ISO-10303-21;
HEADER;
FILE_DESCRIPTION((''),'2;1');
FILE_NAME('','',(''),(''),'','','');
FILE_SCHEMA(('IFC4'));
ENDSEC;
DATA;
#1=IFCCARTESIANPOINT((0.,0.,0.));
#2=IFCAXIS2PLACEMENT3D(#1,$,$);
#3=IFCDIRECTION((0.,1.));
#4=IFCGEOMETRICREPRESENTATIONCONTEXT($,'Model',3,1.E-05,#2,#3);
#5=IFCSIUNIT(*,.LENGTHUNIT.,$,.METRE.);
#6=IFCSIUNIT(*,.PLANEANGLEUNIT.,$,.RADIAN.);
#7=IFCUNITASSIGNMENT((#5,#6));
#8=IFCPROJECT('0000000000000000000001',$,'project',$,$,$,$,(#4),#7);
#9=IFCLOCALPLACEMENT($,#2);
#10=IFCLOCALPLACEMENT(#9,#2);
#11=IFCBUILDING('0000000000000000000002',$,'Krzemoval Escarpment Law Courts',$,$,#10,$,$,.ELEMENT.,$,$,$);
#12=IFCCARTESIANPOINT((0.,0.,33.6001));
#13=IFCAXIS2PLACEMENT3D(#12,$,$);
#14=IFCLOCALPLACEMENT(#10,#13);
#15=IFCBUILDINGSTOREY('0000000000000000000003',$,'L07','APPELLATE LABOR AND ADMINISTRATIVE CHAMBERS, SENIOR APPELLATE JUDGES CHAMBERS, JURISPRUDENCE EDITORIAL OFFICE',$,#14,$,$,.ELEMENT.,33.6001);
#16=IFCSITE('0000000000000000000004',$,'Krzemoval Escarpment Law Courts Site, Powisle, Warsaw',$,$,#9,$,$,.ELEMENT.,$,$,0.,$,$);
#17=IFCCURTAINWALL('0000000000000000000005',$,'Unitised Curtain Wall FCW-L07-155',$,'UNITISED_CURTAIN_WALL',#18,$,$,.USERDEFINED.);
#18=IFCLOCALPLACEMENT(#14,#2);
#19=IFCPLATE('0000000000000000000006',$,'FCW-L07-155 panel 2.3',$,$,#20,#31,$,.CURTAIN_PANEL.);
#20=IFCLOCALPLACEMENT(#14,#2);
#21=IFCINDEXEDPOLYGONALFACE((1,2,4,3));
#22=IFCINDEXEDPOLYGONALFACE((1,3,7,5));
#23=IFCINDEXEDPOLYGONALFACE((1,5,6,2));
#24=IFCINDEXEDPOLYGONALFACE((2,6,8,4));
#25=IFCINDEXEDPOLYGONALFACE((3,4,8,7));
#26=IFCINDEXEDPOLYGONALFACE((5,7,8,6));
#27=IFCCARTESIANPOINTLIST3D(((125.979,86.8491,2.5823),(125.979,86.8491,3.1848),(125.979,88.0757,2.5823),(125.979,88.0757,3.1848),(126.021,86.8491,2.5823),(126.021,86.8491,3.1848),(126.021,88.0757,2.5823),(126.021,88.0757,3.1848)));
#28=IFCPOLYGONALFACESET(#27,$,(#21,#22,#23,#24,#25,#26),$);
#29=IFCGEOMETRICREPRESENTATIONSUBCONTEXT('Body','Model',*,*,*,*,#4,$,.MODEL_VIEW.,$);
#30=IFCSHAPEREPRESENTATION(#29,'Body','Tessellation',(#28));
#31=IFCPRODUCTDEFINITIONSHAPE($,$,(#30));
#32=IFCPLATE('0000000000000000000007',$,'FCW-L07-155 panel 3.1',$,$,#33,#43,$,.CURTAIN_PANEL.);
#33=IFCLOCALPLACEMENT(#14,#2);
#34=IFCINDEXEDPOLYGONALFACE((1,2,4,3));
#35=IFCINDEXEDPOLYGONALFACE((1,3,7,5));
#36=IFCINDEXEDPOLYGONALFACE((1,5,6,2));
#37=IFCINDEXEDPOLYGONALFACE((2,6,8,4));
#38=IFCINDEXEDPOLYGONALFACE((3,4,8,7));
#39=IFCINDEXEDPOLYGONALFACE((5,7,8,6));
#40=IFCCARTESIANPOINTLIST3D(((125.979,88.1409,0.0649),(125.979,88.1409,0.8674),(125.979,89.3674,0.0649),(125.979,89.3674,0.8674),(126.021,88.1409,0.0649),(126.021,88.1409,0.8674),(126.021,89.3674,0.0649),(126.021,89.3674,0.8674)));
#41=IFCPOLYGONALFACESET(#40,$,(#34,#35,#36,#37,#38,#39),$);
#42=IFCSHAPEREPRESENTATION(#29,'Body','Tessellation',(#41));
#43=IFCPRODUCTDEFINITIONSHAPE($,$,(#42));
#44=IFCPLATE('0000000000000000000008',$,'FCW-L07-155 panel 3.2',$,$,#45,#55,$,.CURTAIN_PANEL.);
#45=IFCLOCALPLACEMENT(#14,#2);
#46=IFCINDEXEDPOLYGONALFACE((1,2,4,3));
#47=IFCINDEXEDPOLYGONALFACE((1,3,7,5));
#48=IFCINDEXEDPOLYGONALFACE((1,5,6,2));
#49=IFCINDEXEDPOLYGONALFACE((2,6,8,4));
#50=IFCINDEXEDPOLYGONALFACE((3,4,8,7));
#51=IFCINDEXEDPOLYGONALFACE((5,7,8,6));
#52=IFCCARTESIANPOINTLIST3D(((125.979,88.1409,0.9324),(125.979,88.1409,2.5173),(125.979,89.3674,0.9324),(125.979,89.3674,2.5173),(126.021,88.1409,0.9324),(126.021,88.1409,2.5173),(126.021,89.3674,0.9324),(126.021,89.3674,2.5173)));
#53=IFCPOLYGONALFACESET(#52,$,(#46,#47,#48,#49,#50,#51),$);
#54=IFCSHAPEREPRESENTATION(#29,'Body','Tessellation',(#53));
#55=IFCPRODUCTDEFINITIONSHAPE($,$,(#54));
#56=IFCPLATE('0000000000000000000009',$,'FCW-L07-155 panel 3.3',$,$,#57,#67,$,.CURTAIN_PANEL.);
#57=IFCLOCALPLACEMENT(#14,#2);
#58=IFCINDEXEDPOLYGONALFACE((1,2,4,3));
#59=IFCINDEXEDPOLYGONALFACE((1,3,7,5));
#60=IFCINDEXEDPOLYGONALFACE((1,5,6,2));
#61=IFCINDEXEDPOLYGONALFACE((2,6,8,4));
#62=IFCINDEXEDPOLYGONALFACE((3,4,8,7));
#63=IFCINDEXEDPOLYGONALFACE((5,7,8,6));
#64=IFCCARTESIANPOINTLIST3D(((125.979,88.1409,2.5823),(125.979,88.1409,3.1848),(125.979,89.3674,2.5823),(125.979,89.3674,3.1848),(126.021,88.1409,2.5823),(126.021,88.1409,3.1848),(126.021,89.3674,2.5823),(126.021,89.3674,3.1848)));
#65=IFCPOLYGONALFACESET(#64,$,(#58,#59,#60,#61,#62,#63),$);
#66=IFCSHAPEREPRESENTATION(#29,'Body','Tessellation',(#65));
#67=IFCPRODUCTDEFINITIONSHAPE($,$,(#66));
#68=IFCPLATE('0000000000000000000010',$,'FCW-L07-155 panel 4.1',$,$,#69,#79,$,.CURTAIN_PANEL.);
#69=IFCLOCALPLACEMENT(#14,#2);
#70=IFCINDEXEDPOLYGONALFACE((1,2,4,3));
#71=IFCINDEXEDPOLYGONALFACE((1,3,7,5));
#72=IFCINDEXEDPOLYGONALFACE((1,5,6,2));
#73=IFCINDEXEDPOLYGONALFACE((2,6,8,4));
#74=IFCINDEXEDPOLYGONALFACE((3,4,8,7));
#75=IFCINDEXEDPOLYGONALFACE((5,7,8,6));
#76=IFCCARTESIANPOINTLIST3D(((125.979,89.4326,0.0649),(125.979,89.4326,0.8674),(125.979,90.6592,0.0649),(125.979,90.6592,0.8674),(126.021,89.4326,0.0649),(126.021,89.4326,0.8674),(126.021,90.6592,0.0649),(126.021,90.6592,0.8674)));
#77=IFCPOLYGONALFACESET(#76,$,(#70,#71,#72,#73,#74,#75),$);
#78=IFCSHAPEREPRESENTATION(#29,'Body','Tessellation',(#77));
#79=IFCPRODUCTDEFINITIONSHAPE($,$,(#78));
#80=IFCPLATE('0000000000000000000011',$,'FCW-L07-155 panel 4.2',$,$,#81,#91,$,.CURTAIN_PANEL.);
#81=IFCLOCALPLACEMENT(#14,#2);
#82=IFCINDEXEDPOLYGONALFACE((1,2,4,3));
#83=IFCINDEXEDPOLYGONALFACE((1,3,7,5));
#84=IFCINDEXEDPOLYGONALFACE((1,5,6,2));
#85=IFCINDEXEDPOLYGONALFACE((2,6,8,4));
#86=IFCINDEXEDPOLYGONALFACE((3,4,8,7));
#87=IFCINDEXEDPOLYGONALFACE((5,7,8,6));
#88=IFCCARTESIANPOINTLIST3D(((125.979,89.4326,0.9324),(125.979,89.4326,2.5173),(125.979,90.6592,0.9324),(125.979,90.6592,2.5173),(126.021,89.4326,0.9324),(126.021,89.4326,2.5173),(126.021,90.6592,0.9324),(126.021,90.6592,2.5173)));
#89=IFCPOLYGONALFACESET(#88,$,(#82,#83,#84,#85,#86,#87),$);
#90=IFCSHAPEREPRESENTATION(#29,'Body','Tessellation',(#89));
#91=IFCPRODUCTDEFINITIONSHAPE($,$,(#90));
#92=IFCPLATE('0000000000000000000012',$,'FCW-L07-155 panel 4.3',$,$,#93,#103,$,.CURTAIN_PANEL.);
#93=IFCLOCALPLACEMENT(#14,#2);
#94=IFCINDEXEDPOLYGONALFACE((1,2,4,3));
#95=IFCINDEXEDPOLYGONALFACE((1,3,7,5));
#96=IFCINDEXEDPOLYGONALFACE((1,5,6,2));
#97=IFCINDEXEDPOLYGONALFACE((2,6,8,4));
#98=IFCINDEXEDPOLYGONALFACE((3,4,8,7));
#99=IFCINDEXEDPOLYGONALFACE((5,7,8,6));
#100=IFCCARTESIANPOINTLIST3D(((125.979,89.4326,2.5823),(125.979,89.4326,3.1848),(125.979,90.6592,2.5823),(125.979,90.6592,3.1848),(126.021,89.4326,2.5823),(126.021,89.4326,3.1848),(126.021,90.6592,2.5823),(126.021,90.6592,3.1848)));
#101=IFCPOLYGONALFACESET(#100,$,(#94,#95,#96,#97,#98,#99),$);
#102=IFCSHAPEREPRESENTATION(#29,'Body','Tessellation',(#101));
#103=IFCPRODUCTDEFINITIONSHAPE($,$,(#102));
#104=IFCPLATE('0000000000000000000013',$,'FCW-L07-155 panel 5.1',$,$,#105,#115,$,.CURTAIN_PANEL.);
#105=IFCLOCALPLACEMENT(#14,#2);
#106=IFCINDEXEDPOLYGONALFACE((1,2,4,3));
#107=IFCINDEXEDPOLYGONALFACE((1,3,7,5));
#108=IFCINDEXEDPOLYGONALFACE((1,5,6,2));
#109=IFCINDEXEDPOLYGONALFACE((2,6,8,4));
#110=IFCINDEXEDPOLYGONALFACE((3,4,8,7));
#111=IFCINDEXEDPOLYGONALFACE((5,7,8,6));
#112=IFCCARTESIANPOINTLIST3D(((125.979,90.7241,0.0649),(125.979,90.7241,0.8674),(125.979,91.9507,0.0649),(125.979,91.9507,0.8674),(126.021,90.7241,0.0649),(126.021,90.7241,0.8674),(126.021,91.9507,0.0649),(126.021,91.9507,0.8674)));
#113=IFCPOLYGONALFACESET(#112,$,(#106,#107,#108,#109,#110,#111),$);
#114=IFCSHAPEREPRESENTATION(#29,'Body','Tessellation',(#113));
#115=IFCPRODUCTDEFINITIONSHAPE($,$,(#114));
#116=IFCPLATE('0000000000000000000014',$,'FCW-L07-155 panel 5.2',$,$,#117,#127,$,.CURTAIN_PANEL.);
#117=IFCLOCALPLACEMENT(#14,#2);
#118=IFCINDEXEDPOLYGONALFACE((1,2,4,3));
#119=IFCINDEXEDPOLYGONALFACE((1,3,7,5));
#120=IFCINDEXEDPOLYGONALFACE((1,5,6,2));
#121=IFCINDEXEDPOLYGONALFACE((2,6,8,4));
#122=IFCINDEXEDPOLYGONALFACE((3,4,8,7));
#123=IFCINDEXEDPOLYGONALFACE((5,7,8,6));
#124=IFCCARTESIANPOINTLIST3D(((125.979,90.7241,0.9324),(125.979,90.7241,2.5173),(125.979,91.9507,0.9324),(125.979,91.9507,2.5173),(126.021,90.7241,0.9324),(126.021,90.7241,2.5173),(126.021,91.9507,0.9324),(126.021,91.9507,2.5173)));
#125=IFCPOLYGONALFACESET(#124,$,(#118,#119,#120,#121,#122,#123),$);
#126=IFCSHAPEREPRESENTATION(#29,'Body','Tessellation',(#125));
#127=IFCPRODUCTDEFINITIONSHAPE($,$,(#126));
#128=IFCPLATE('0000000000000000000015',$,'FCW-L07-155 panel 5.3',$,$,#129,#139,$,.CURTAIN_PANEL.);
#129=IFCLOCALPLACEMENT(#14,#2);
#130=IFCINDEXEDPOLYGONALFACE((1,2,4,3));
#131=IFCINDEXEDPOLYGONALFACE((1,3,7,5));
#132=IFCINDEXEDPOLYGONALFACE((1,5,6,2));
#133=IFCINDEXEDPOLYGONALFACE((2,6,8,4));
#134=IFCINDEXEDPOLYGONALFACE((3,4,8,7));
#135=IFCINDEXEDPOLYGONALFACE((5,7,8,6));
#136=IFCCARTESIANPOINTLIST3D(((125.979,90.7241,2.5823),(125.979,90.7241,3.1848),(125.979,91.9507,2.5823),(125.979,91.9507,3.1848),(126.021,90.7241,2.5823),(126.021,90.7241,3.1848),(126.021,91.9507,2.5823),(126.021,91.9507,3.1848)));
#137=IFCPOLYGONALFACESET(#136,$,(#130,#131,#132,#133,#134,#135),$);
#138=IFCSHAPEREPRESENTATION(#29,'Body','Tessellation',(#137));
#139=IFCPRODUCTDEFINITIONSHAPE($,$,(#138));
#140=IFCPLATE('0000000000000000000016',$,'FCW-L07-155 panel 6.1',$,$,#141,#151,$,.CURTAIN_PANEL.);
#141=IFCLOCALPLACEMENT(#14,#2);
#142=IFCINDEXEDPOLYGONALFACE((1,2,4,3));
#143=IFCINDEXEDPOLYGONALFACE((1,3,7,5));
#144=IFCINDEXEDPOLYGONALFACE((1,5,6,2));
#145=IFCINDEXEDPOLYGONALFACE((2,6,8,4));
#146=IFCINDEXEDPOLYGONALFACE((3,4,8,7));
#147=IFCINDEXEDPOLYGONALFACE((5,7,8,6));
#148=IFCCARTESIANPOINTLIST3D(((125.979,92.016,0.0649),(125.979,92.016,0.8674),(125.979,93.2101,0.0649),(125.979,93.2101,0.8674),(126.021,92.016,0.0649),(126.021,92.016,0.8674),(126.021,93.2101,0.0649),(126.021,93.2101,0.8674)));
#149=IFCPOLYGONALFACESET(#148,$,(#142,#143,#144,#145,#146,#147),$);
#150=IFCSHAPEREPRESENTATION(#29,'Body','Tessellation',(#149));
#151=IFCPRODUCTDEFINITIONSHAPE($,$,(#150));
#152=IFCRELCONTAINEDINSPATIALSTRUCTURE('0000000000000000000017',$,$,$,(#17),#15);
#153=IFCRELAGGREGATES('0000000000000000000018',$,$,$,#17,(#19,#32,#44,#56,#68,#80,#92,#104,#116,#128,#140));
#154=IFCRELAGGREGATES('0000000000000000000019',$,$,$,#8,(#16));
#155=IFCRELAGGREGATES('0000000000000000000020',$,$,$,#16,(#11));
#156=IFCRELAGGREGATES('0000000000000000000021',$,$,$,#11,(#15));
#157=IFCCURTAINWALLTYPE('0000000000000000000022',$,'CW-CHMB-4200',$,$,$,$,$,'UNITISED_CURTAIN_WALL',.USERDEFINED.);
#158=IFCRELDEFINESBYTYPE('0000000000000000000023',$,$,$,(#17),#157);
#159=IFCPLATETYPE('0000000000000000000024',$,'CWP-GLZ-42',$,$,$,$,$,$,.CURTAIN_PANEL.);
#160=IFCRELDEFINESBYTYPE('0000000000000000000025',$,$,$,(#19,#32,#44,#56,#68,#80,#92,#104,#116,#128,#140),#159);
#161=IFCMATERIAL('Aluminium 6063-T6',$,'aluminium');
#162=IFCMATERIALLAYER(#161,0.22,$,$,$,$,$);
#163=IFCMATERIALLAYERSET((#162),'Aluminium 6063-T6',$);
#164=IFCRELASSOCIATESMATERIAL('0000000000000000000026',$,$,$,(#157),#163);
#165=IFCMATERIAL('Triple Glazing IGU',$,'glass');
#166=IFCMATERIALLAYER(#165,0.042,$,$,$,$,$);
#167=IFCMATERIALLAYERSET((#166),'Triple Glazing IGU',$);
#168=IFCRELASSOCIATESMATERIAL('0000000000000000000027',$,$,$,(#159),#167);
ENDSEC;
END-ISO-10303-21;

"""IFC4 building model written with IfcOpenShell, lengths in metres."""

from ifc_helpers import new_model, si_unit, direction, frame, origin, origin_2d, place, context, subcontext, project, spatial, rectangle, extrude, material, layer, layer_set, type_object, element, aggregate, save


model = new_model("IFC4")

# Units and contexts
model_context = context("Model", 3, precision=1e-05, world=origin(), true_north=direction((0.0, 1.0)))
body_context = subcontext(model_context, "Body", "Model", "MODEL_VIEW")
ifc_project = project(units=[si_unit("LENGTHUNIT", "METRE"), si_unit("PLANEANGLEUNIT", "RADIAN")], contexts=[model_context])

# Site, building, storey
site_placement = place(None, origin())
site = spatial("IfcSite", under=ifc_project, at=site_placement, Name="Krzemoval Escarpment Law Courts Site, Powisle, Warsaw", CompositionType="ELEMENT", RefElevation=0.0)
building_placement = place(site_placement, origin())
building = spatial("IfcBuilding", under=site, at=building_placement, Name="Krzemoval Escarpment Law Courts", CompositionType="ELEMENT")
storey_placement = place(building_placement, frame((0.0, 0.0, 33.6001)))
storey = spatial("IfcBuildingStorey", under=building, at=storey_placement, Name="L07", Description="APPELLATE LABOR AND ADMINISTRATIVE CHAMBERS, SENIOR APPELLATE JUDGES CHAMBERS, JURISPRUDENCE EDITORIAL OFFICE", CompositionType="ELEMENT", Elevation=33.6001)

# Curtain wall, plates
ifc_material_1 = material(Name="Aluminium 6063-T6", Category="aluminium")
ifc_layer_1 = layer(ifc_material_1, 0.22)
ifc_layer_set_1 = layer_set([ifc_layer_1], Name="Aluminium 6063-T6")
curtain_wall_type = type_object("IfcCurtainWallType", Name="CW-CHMB-4200", ElementType="UNITISED_CURTAIN_WALL", PredefinedType="USERDEFINED", material=ifc_layer_set_1)
curtain_wall_placement = place(storey_placement, origin())
curtain_wall = element("IfcCurtainWall", 1, at=curtain_wall_placement, inside=storey, type_object=curtain_wall_type, Name="Unitised Curtain Wall FCW-L07-155", ObjectType="UNITISED_CURTAIN_WALL", PredefinedType="USERDEFINED")
ifc_material_2 = material(Name="Triple Glazing IGU", Category="glass")
ifc_layer_2 = layer(ifc_material_2, 0.042)
ifc_layer_set_2 = layer_set([ifc_layer_2], Name="Triple Glazing IGU")
plate_type = type_object("IfcPlateType", Name="CWP-GLZ-42", PredefinedType="CURTAIN_PANEL", material=ifc_layer_set_2)
plate_1_placement = place(storey_placement, frame((126.0, 87.4624, 2.5823), z_axis=(0.0, 0.0, 1.0), x_axis=(0.0, 1.0, 0.0)))
plate_1 = element("IfcPlate", 2, at=plate_1_placement, type_object=plate_type, Name="FCW-L07-155 panel 2.3", PredefinedType="CURTAIN_PANEL", context=body_context, shape_type="SweptSolid", body=[
    extrude(rectangle(XDim=1.2266, YDim=0.042, at=origin_2d()), origin(), (0.0, 0.0, 1.0), 0.6025),
])
plate_2_placement = place(storey_placement, frame((126.0, 88.7542, 0.0649), z_axis=(0.0, 0.0, 1.0), x_axis=(0.0, 1.0, 0.0)))
plate_2 = element("IfcPlate", 3, at=plate_2_placement, type_object=plate_type, Name="FCW-L07-155 panel 3.1", PredefinedType="CURTAIN_PANEL", context=body_context, shape_type="SweptSolid", body=[
    extrude(rectangle(XDim=1.2266, YDim=0.042, at=origin_2d()), origin(), (0.0, 0.0, 1.0), 0.8025),
])
plate_3_placement = place(storey_placement, frame((126.0, 88.7542, 0.9324), z_axis=(0.0, 0.0, 1.0), x_axis=(0.0, 1.0, 0.0)))
plate_3 = element("IfcPlate", 4, at=plate_3_placement, type_object=plate_type, Name="FCW-L07-155 panel 3.2", PredefinedType="CURTAIN_PANEL", context=body_context, shape_type="SweptSolid", body=[
    extrude(rectangle(XDim=1.2266, YDim=0.042, at=origin_2d()), origin(), (0.0, 0.0, 1.0), 1.585),
])
plate_4_placement = place(storey_placement, frame((126.0, 88.7542, 2.5823), z_axis=(0.0, 0.0, 1.0), x_axis=(0.0, 1.0, 0.0)))
plate_4 = element("IfcPlate", 5, at=plate_4_placement, type_object=plate_type, Name="FCW-L07-155 panel 3.3", PredefinedType="CURTAIN_PANEL", context=body_context, shape_type="SweptSolid", body=[
    extrude(rectangle(XDim=1.2266, YDim=0.042, at=origin_2d()), origin(), (0.0, 0.0, 1.0), 0.6025),
])
plate_5_placement = place(storey_placement, frame((126.0, 90.0459, 0.0649), z_axis=(0.0, 0.0, 1.0), x_axis=(0.0, 1.0, 0.0)))
plate_5 = element("IfcPlate", 6, at=plate_5_placement, type_object=plate_type, Name="FCW-L07-155 panel 4.1", PredefinedType="CURTAIN_PANEL", context=body_context, shape_type="SweptSolid", body=[
    extrude(rectangle(XDim=1.2266, YDim=0.042, at=origin_2d()), origin(), (0.0, 0.0, 1.0), 0.8025),
])
plate_6_placement = place(storey_placement, frame((126.0, 90.0459, 0.9324), z_axis=(0.0, 0.0, 1.0), x_axis=(0.0, 1.0, 0.0)))
plate_6 = element("IfcPlate", 7, at=plate_6_placement, type_object=plate_type, Name="FCW-L07-155 panel 4.2", PredefinedType="CURTAIN_PANEL", context=body_context, shape_type="SweptSolid", body=[
    extrude(rectangle(XDim=1.2266, YDim=0.042, at=origin_2d()), origin(), (0.0, 0.0, 1.0), 1.585),
])
plate_7_placement = place(storey_placement, frame((126.0, 90.0459, 2.5823), z_axis=(0.0, 0.0, 1.0), x_axis=(0.0, 1.0, 0.0)))
plate_7 = element("IfcPlate", 8, at=plate_7_placement, type_object=plate_type, Name="FCW-L07-155 panel 4.3", PredefinedType="CURTAIN_PANEL", context=body_context, shape_type="SweptSolid", body=[
    extrude(rectangle(XDim=1.2266, YDim=0.042, at=origin_2d()), origin(), (0.0, 0.0, 1.0), 0.6025),
])
plate_8_placement = place(storey_placement, frame((126.0, 91.3374, 0.0649), z_axis=(0.0, 0.0, 1.0), x_axis=(0.0, 1.0, 0.0)))
plate_8 = element("IfcPlate", 9, at=plate_8_placement, type_object=plate_type, Name="FCW-L07-155 panel 5.1", PredefinedType="CURTAIN_PANEL", context=body_context, shape_type="SweptSolid", body=[
    extrude(rectangle(XDim=1.2266, YDim=0.042, at=origin_2d()), origin(), (0.0, 0.0, 1.0), 0.8025),
])
plate_9_placement = place(storey_placement, frame((126.0, 91.3374, 0.9324), z_axis=(0.0, 0.0, 1.0), x_axis=(0.0, 1.0, 0.0)))
plate_9 = element("IfcPlate", 10, at=plate_9_placement, type_object=plate_type, Name="FCW-L07-155 panel 5.2", PredefinedType="CURTAIN_PANEL", context=body_context, shape_type="SweptSolid", body=[
    extrude(rectangle(XDim=1.2266, YDim=0.042, at=origin_2d()), origin(), (0.0, 0.0, 1.0), 1.585),
])
plate_10_placement = place(storey_placement, frame((126.0, 91.3374, 2.5823), z_axis=(0.0, 0.0, 1.0), x_axis=(0.0, 1.0, 0.0)))
plate_10 = element("IfcPlate", 11, at=plate_10_placement, type_object=plate_type, Name="FCW-L07-155 panel 5.3", PredefinedType="CURTAIN_PANEL", context=body_context, shape_type="SweptSolid", body=[
    extrude(rectangle(XDim=1.2266, YDim=0.042, at=origin_2d()), origin(), (0.0, 0.0, 1.0), 0.6025),
])
plate_11_placement = place(storey_placement, frame((126.0, 92.613, 0.0649), z_axis=(0.0, 0.0, 1.0), x_axis=(0.0, 1.0, 0.0)))
plate_11 = element("IfcPlate", 12, at=plate_11_placement, type_object=plate_type, Name="FCW-L07-155 panel 6.1", PredefinedType="CURTAIN_PANEL", context=body_context, shape_type="SweptSolid", body=[
    extrude(rectangle(XDim=1.1941, YDim=0.042, at=origin_2d()), origin(), (0.0, 0.0, 1.0), 0.8025),
])
aggregate(curtain_wall, [plate_1, plate_2, plate_3, plate_4, plate_5, plate_6, plate_7, plate_8, plate_9, plate_10, plate_11])

save(model, "model.ifc")
